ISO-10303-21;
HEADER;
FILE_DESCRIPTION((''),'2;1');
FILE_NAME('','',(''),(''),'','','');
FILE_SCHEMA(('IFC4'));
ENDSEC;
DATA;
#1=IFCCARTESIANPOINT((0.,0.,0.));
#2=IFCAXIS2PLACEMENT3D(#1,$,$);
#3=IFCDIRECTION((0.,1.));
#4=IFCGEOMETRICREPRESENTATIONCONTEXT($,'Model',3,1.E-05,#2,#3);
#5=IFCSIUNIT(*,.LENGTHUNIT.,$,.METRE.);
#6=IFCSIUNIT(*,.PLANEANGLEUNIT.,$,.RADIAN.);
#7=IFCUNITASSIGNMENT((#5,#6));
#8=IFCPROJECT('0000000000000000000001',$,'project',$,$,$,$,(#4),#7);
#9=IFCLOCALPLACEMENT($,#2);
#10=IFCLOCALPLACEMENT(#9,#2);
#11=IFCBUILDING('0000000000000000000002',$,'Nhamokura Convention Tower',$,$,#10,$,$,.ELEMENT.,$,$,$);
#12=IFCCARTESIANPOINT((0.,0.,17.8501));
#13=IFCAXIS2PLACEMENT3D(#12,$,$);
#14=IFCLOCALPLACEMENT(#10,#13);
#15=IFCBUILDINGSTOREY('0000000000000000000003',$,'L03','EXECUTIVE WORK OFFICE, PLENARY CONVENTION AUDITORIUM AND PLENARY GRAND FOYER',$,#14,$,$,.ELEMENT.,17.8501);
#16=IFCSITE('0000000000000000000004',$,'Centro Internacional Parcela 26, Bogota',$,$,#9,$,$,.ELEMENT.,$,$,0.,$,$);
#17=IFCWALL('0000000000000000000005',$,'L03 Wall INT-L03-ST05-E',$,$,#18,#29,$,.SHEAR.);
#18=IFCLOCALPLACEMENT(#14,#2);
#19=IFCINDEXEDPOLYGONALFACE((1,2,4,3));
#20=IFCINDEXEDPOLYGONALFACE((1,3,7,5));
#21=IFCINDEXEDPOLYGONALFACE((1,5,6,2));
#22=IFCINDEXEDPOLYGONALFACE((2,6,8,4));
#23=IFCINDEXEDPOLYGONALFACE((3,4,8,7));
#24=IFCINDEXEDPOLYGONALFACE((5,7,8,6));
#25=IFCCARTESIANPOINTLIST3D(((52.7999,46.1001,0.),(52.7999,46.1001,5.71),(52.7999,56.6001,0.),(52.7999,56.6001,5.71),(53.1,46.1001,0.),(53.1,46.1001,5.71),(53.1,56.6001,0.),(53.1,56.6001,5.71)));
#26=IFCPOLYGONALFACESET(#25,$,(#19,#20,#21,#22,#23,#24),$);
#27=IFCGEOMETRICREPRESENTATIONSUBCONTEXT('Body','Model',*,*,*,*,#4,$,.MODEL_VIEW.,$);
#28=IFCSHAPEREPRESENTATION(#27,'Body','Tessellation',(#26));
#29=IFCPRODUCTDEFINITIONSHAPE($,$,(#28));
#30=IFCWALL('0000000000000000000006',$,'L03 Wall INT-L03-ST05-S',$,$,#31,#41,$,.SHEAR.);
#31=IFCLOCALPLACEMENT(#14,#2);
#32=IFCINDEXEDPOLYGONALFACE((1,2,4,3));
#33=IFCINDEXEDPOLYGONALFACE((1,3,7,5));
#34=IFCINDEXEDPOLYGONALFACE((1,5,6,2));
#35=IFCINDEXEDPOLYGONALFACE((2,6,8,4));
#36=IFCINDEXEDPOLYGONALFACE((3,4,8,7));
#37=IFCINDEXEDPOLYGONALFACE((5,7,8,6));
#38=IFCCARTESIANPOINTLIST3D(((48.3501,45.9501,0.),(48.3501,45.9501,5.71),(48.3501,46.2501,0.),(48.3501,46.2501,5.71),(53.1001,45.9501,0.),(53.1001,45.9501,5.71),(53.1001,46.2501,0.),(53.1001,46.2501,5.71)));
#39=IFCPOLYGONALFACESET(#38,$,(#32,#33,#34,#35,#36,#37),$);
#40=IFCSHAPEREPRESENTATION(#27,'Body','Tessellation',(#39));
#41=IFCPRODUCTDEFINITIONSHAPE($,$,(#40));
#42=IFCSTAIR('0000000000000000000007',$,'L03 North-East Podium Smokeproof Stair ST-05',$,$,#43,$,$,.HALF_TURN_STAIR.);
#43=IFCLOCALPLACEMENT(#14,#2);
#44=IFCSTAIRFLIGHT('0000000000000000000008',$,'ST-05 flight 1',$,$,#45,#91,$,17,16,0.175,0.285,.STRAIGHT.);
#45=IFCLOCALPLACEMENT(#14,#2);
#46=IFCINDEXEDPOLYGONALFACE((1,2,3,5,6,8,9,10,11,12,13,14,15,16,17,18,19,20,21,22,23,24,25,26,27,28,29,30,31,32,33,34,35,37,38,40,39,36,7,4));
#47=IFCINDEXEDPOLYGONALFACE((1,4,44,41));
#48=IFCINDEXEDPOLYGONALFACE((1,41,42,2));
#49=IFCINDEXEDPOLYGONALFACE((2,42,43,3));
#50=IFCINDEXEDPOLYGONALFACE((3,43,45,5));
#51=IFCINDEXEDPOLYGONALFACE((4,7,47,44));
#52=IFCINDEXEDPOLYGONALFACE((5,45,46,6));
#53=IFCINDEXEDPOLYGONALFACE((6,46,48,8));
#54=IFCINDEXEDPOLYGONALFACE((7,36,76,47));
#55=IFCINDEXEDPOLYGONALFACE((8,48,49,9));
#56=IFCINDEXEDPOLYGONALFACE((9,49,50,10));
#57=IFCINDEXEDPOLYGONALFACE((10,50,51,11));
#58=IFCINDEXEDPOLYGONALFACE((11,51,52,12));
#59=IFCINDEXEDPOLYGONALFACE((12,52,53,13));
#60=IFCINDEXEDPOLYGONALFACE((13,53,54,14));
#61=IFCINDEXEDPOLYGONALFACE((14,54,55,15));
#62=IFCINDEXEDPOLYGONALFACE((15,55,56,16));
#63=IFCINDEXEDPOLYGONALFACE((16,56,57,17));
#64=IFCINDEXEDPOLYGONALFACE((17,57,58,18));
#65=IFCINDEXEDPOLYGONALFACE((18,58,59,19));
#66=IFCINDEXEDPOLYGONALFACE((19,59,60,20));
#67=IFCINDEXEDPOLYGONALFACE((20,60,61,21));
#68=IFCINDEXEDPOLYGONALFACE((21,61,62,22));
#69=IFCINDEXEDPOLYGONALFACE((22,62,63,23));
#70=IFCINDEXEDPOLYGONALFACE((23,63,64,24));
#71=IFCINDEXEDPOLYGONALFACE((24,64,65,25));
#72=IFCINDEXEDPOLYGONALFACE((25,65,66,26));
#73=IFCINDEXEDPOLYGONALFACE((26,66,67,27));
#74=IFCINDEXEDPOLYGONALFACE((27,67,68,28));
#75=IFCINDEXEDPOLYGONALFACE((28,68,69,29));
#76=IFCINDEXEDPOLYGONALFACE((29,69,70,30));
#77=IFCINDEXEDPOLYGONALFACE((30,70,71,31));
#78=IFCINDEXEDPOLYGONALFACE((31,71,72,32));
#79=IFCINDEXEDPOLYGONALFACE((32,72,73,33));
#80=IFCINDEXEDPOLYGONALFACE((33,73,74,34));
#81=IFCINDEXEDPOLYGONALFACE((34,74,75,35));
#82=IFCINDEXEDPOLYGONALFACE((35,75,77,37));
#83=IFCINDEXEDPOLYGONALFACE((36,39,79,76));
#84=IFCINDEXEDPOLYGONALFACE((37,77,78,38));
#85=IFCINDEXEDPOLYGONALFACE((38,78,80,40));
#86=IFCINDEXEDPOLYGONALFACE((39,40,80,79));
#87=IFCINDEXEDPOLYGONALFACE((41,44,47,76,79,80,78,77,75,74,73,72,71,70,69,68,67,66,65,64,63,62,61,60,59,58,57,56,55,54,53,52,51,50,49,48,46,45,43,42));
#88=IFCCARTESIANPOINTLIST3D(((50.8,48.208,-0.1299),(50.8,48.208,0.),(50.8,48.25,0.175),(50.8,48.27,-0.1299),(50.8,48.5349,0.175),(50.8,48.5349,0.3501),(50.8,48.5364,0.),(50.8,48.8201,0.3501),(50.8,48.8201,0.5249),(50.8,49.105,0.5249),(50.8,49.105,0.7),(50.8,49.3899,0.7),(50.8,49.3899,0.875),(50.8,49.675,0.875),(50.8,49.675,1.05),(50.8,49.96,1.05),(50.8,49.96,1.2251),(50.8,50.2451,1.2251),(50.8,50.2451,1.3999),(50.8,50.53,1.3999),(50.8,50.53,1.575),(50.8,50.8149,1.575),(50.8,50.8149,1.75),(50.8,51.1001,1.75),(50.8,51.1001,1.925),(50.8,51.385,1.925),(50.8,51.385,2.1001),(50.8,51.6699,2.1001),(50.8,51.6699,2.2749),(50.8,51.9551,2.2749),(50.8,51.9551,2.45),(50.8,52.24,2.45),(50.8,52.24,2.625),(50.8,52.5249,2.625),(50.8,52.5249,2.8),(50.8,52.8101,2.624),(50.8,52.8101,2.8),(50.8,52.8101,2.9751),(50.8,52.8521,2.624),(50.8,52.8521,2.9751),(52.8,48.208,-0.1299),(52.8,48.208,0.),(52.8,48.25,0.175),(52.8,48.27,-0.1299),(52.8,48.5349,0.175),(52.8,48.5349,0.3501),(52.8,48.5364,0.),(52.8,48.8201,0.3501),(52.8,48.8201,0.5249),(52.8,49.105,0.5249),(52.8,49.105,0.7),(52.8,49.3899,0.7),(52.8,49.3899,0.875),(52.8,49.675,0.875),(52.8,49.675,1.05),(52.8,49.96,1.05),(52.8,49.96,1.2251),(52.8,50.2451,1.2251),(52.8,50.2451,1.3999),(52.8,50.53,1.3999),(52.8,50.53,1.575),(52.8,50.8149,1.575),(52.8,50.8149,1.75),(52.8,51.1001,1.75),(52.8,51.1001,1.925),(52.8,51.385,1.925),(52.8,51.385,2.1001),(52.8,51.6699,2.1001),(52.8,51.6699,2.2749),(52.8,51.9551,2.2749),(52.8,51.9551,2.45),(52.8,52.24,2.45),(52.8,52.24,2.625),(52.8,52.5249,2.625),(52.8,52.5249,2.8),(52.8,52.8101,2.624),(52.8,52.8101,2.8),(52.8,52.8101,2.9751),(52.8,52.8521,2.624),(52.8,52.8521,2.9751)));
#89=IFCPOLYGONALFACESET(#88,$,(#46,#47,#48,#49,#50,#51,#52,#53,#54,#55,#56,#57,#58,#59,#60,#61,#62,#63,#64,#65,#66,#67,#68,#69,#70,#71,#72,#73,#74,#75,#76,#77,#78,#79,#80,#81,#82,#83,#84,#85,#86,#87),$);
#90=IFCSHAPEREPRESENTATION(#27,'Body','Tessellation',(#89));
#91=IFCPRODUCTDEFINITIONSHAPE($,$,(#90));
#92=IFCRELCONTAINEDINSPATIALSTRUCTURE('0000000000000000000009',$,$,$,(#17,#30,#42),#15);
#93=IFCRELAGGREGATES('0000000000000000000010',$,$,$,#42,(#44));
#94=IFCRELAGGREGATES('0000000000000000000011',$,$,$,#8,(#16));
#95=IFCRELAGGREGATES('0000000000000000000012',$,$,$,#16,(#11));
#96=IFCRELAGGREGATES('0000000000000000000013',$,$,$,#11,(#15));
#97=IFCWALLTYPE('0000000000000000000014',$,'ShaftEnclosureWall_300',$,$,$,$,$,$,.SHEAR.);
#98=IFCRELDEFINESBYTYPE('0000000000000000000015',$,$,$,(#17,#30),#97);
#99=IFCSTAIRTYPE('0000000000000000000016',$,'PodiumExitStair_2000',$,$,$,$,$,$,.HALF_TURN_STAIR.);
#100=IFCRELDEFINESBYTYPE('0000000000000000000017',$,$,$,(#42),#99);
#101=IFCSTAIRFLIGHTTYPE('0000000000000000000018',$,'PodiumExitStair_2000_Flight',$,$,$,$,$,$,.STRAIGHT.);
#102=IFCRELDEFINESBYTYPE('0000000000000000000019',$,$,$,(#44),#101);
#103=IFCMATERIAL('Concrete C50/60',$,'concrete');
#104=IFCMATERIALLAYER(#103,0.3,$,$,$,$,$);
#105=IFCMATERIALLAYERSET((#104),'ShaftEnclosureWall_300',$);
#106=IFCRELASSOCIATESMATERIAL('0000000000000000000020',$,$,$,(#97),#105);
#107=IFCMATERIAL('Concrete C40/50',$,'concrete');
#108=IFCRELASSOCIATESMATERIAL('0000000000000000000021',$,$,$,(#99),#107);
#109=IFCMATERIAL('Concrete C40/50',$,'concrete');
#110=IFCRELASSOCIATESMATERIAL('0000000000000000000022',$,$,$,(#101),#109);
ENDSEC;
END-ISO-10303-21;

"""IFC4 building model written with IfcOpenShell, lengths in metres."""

from ifc_helpers import new_model, si_unit, direction, frame, frame_2d, origin, place, context, subcontext, project, spatial, polyline, rectangle, outline, extrude, material, layer, layer_set, type_object, element, aggregate, save


model = new_model("IFC4")

# Units and contexts
model_context = context("Model", 3, precision=1e-05, world=origin(), true_north=direction((0.0, 1.0)))
body_context = subcontext(model_context, "Body", "Model", "MODEL_VIEW")
ifc_project = project(units=[si_unit("LENGTHUNIT", "METRE"), si_unit("PLANEANGLEUNIT", "RADIAN")], contexts=[model_context])

# Site, building, storey
site_placement = place(None, origin())
site = spatial("IfcSite", under=ifc_project, at=site_placement, Name="Centro Internacional Parcela 26, Bogota", CompositionType="ELEMENT", RefElevation=0.0)
building_placement = place(site_placement, origin())
building = spatial("IfcBuilding", under=site, at=building_placement, Name="Nhamokura Convention Tower", CompositionType="ELEMENT")
storey_placement = place(building_placement, frame((0.0, 0.0, 17.8501)))
storey = spatial("IfcBuildingStorey", under=building, at=storey_placement, Name="L03", Description="EXECUTIVE WORK OFFICE, PLENARY CONVENTION AUDITORIUM AND PLENARY GRAND FOYER", CompositionType="ELEMENT", Elevation=17.8501)

# Shared definitions
ifc_material_1 = material(Name="Concrete C50/60", Category="concrete")
ifc_layer_1 = layer(ifc_material_1, 0.3)
ifc_layer_set_1 = layer_set([ifc_layer_1], Name="ShaftEnclosureWall_300")
wall_type_1 = type_object("IfcWallType", Name="ShaftEnclosureWall_300", PredefinedType="SHEAR", material=ifc_layer_set_1)

# Walls
wall_1_placement = place(storey_placement, frame((52.95, 46.1001, 0.0), z_axis=(0.0, 0.0, 1.0), x_axis=(0.0, 1.0, 0.0)))
element("IfcWall", 1, at=wall_1_placement, inside=storey, type_object=wall_type_1, Name="L03 Wall INT-L03-ST05-E", PredefinedType="SHEAR", context=body_context, shape_type="SweptSolid", body=[
    extrude(rectangle(XDim=10.5, YDim=0.3, at=frame_2d((5.25, 0.0))), origin(), (0.0, 0.0, 1.0), 5.71),
])
wall_2_placement = place(storey_placement, frame((48.3501, 46.1001, 0.0), z_axis=(0.0, 0.0, 1.0), x_axis=(1.0, 0.0, 0.0)))
element("IfcWall", 2, at=wall_2_placement, inside=storey, type_object=wall_type_1, Name="L03 Wall INT-L03-ST05-S", PredefinedType="SHEAR", context=body_context, shape_type="SweptSolid", body=[
    extrude(rectangle(XDim=4.75, YDim=0.3, at=frame_2d((2.375, 0.0))), origin(), (0.0, 0.0, 1.0), 5.71),
])

# Stair, stair flight
ifc_material_2 = material(Name="Concrete C40/50", Category="concrete")
stair_type = type_object("IfcStairType", Name="PodiumExitStair_2000", PredefinedType="HALF_TURN_STAIR", material=ifc_material_2)
stair_placement = place(storey_placement, origin())
stair = element("IfcStair", 3, at=stair_placement, inside=storey, type_object=stair_type, Name="L03 North-East Podium Smokeproof Stair ST-05", PredefinedType="HALF_TURN_STAIR")
ifc_material_3 = material(Name="Concrete C40/50", Category="concrete")
stair_flight_type = type_object("IfcStairFlightType", Name="PodiumExitStair_2000_Flight", PredefinedType="STRAIGHT", material=ifc_material_3)
stair_flight_placement = place(storey_placement, frame((51.8, 48.25, 0.0), z_axis=(0.0, 0.0, 1.0), x_axis=(0.0, 1.0, 0.0)))
stair_flight = element("IfcStairFlight", 4, at=stair_flight_placement, type_object=stair_flight_type, Name="ST-05 flight 1", NumberOfRisers=17, NumberOfTreads=16, PredefinedType="STRAIGHT", RiserHeight=0.175, TreadLength=0.285, context=body_context, shape_type="SweptSolid", body=[
    extrude(outline(polyline([(-0.042, 0.0), (0.0, 0.175), (0.2849, 0.175), (0.2849, 0.3501), (0.5701, 0.3501), (0.5701, 0.5249), (0.855, 0.5249), (0.855, 0.7), (1.1399, 0.7), (1.1399, 0.875), (1.425, 0.875), (1.425, 1.05), (1.71, 1.05), (1.71, 1.2251), (1.9951, 1.2251), (1.9951, 1.3999), (2.28, 1.3999), (2.28, 1.575), (2.5649, 1.575), (2.5649, 1.75), (2.8501, 1.75), (2.8501, 1.925), (3.135, 1.925), (3.135, 2.1001), (3.4199, 2.1001), (3.4199, 2.2749), (3.7051, 2.2749), (3.7051, 2.45), (3.99, 2.45), (3.99, 2.625), (4.2749, 2.625), (4.2749, 2.8), (4.5601, 2.8), (4.5601, 2.9751), (4.6021, 2.9751), (4.6021, 2.624), (4.5601, 2.624), (0.2864, 0.0), (0.02, -0.1299), (-0.042, -0.1299), (-0.042, 0.0)])), frame((0.0, 1.0, 0.0), z_axis=(0.0, -1.0, 0.0), x_axis=(1.0, 0.0, 0.0)), (0.0, 0.0, 1.0), 2.0),
])
aggregate(stair, [stair_flight])

save(model, "model.ifc")
